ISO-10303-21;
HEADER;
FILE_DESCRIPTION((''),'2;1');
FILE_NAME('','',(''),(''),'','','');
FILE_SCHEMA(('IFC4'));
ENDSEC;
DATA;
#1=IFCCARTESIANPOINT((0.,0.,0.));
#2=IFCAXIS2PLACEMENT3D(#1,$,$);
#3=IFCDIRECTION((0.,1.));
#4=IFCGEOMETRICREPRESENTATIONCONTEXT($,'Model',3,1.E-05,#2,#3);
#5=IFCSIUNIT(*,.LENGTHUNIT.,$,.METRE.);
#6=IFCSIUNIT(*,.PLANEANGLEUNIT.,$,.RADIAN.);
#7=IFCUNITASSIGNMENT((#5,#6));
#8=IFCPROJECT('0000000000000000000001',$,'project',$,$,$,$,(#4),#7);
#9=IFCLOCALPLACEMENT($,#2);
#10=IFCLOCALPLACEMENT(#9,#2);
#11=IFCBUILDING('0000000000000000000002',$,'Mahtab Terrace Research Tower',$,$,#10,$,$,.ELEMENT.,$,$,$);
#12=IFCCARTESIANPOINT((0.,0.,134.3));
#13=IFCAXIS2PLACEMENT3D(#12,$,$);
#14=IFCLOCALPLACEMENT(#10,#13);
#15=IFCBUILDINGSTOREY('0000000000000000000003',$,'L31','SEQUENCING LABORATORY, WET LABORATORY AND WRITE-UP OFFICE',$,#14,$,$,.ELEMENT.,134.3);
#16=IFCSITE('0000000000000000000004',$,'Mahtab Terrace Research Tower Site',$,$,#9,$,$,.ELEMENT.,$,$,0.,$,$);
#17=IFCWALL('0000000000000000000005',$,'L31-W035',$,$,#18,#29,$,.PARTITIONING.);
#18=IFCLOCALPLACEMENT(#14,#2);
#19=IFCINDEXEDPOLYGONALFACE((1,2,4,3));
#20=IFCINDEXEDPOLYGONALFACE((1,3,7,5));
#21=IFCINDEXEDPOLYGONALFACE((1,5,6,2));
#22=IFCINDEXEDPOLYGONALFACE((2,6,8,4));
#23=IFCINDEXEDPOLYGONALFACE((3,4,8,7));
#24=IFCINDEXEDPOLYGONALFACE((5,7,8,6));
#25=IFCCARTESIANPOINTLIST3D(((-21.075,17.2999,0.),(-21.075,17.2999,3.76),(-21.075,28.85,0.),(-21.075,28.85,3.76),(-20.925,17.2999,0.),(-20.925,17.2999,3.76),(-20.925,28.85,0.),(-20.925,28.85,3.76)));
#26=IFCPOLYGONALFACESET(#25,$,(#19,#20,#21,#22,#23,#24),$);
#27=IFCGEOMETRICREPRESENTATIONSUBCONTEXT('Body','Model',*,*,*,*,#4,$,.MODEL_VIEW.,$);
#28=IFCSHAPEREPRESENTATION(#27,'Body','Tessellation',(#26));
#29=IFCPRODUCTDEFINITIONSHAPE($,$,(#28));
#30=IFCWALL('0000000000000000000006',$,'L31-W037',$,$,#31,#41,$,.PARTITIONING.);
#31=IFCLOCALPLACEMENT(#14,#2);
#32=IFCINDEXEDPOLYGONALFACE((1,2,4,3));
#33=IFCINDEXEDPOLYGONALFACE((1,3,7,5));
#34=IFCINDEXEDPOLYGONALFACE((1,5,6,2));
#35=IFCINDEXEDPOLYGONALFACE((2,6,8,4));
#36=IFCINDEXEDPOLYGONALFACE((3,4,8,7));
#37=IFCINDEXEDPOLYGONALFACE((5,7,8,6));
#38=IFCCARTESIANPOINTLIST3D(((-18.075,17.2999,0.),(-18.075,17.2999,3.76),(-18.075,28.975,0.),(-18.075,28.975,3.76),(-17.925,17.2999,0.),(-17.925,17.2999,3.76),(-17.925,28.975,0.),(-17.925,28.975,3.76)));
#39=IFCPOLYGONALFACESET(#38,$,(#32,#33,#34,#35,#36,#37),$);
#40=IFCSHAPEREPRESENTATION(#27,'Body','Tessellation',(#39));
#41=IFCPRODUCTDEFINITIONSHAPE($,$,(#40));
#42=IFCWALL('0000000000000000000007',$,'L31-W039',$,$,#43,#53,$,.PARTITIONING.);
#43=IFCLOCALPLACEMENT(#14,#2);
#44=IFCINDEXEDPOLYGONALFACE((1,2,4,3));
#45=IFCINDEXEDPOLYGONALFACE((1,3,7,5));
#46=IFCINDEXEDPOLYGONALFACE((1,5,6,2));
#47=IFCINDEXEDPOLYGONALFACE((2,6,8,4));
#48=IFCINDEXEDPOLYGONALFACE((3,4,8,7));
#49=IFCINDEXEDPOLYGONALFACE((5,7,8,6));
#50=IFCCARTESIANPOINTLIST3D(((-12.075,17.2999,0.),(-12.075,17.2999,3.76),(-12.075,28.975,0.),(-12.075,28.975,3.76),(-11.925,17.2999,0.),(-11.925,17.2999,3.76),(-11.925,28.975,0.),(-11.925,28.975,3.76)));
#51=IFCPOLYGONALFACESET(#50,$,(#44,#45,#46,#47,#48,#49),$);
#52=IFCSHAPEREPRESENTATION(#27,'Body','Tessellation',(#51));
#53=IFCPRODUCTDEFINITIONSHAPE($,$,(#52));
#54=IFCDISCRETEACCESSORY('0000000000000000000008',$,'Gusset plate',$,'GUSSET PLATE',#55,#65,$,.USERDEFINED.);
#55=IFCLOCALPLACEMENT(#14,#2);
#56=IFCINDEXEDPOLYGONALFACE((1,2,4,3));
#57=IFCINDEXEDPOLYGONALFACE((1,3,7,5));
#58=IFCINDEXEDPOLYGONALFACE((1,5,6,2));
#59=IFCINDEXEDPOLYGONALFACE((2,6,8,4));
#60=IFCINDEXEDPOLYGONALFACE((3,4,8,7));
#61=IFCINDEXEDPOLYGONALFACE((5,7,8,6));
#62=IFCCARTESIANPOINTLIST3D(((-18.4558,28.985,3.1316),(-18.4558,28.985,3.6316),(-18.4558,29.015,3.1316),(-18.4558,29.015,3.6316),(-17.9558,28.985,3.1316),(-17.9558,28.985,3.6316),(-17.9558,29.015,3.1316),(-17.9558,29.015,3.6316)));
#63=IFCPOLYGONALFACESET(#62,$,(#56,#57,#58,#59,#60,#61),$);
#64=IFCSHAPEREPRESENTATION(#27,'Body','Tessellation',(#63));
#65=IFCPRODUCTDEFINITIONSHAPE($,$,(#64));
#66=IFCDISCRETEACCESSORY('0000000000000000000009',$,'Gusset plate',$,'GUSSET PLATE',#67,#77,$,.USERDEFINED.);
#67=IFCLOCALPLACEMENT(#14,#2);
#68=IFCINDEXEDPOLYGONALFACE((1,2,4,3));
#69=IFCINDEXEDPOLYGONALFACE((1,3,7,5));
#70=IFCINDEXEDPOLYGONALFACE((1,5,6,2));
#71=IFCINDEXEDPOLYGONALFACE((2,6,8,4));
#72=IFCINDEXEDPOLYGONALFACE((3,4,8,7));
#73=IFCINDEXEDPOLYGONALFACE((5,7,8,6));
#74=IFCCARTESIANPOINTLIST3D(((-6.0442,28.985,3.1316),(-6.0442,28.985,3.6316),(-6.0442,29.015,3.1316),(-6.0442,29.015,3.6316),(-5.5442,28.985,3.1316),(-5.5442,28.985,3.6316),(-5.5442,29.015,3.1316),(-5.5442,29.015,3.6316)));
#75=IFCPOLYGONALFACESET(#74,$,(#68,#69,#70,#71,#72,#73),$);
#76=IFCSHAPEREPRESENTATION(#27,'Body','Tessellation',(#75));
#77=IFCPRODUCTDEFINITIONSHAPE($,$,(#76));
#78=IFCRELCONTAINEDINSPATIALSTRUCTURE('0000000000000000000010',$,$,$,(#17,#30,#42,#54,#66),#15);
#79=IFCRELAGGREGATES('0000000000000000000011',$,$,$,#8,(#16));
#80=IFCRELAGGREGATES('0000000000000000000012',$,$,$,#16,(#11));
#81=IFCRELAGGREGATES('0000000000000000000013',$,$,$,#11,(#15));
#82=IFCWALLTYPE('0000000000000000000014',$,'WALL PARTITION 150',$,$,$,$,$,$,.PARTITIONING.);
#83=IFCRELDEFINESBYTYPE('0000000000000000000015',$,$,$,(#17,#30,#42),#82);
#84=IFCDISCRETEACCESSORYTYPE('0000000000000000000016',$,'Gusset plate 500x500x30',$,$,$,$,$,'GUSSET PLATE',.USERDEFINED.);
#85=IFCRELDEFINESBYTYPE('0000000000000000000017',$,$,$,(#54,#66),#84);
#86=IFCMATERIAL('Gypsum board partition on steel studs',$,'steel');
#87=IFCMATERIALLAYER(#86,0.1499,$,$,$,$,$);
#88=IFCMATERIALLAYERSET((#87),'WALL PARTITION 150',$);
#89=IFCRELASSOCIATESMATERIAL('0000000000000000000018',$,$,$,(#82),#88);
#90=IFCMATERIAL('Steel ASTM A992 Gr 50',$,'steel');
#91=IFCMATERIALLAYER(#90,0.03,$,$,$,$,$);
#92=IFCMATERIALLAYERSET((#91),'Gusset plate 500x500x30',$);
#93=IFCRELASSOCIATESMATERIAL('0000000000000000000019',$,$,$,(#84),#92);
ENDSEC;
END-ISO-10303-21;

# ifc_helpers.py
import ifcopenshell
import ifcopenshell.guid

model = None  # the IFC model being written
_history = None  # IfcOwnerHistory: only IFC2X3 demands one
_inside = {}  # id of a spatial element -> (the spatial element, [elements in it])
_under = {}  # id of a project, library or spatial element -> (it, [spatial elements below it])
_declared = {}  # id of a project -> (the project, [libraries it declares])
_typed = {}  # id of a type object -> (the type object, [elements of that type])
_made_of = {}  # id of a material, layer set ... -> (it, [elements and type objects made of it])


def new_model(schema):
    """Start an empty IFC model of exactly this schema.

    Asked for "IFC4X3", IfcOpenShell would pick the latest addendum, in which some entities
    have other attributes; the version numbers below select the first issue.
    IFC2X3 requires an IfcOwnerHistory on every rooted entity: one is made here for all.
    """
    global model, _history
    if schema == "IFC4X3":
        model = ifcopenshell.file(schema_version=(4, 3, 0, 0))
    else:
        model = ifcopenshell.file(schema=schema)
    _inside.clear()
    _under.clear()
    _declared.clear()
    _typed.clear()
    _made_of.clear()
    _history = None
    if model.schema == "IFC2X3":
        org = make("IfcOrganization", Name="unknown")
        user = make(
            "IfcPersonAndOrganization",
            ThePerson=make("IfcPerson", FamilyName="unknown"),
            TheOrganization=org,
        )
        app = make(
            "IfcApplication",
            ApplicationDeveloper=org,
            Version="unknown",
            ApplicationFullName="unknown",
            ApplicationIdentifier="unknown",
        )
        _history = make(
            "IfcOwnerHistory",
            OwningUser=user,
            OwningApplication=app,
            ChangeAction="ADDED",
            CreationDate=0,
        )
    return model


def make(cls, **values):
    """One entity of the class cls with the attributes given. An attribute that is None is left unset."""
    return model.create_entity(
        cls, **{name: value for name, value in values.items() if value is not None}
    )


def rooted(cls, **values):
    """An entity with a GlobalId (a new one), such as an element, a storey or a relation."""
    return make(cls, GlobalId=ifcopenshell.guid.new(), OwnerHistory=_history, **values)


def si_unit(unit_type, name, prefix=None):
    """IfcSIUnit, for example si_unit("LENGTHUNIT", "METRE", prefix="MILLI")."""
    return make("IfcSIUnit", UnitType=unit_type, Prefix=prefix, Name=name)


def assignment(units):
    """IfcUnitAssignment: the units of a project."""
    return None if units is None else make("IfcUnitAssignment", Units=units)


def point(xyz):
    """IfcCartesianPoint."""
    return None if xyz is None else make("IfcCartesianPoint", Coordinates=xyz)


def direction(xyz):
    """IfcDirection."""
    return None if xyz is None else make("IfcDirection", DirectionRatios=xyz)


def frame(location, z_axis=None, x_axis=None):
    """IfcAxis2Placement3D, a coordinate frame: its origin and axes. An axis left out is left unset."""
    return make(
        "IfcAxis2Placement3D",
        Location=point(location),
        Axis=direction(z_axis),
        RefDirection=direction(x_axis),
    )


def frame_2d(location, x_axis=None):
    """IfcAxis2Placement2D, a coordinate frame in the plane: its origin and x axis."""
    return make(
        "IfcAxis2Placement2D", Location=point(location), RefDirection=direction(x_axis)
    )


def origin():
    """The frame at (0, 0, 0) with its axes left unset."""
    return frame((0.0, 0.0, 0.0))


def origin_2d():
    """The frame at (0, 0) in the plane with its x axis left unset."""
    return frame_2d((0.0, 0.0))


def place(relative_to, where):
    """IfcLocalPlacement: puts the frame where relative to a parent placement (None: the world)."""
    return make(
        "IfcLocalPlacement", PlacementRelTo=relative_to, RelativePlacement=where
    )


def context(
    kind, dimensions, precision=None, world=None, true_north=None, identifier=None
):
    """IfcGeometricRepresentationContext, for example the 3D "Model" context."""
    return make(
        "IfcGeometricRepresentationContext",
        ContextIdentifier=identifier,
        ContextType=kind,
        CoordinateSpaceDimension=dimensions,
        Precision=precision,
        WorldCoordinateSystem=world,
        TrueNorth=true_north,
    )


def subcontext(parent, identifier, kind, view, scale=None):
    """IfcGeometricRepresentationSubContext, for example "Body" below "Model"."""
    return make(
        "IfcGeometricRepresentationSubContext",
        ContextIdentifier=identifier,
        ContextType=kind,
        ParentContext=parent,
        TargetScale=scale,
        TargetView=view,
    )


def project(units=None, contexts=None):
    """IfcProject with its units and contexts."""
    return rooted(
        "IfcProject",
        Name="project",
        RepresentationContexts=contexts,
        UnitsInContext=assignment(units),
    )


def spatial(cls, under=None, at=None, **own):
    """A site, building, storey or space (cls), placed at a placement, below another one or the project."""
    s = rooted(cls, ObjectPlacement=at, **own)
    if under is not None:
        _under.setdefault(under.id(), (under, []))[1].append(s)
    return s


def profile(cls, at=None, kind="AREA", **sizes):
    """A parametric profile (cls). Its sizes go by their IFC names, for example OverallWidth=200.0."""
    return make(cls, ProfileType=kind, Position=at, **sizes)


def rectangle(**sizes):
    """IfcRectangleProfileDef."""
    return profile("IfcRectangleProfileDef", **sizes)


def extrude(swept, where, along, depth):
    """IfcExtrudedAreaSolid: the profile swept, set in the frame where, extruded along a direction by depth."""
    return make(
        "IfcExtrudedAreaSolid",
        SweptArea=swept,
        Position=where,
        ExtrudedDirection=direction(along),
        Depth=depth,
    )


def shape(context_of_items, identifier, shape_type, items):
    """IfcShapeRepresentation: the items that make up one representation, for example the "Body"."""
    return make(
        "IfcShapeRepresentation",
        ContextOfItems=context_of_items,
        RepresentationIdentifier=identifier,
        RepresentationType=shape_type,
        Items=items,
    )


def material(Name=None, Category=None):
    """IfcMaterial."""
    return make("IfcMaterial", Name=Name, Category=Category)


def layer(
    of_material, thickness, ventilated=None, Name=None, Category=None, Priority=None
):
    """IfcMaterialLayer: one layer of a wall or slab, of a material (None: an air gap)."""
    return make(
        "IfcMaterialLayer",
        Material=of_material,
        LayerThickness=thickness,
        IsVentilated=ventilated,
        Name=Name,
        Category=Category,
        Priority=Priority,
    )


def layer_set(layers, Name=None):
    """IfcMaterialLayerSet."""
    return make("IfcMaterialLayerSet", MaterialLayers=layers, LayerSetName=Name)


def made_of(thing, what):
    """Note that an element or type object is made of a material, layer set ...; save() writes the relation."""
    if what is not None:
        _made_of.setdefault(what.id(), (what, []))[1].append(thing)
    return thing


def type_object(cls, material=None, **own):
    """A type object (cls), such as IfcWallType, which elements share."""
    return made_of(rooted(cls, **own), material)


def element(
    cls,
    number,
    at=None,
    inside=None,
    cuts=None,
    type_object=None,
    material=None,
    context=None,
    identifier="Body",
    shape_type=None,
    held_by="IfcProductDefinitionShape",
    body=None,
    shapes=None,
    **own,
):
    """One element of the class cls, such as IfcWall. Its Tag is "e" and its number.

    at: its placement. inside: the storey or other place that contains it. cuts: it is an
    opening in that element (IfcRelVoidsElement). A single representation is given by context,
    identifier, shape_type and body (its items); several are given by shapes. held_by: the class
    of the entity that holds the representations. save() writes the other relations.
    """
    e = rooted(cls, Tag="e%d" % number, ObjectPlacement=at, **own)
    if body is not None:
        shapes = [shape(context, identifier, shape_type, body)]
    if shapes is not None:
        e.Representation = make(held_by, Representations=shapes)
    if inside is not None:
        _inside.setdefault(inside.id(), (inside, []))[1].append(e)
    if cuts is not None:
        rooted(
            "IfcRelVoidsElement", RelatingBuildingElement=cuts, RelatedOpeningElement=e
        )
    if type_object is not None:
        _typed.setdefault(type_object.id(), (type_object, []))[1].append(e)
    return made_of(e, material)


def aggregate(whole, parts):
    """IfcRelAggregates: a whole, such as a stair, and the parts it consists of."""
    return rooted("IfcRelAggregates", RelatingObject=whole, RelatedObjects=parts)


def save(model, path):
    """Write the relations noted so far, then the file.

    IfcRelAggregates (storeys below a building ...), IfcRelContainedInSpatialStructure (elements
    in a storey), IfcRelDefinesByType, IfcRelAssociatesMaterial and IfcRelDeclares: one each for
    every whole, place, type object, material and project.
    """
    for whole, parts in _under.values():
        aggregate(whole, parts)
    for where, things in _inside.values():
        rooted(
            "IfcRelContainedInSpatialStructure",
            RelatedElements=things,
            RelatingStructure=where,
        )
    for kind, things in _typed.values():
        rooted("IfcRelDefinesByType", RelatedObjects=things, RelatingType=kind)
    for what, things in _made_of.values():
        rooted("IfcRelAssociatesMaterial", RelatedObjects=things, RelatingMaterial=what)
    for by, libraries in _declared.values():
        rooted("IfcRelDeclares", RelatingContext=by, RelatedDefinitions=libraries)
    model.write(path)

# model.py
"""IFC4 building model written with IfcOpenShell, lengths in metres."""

from ifc_helpers import new_model, si_unit, direction, frame, frame_2d, origin, origin_2d, place, context, subcontext, project, spatial, rectangle, extrude, material, layer, layer_set, type_object, element, save


model = new_model("IFC4")

# Units and contexts
model_context = context("Model", 3, precision=1e-05, world=origin(), true_north=direction((0.0, 1.0)))
body_context = subcontext(model_context, "Body", "Model", "MODEL_VIEW")
ifc_project = project(units=[si_unit("LENGTHUNIT", "METRE"), si_unit("PLANEANGLEUNIT", "RADIAN")], contexts=[model_context])

# Site, building, storey
site_placement = place(None, origin())
site = spatial("IfcSite", under=ifc_project, at=site_placement, Name="Mahtab Terrace Research Tower Site", CompositionType="ELEMENT", RefElevation=0.0)
building_placement = place(site_placement, origin())
building = spatial("IfcBuilding", under=site, at=building_placement, Name="Mahtab Terrace Research Tower", CompositionType="ELEMENT")
storey_placement = place(building_placement, frame((0.0, 0.0, 134.3)))
storey = spatial("IfcBuildingStorey", under=building, at=storey_placement, Name="L31", Description="SEQUENCING LABORATORY, WET LABORATORY AND WRITE-UP OFFICE", CompositionType="ELEMENT", Elevation=134.3)

# Shared definitions
ifc_material_1 = material(Name="Steel ASTM A992 Gr 50", Category="steel")

# Walls
ifc_material_2 = material(Name="Gypsum board partition on steel studs", Category="steel")
ifc_layer_1 = layer(ifc_material_2, 0.1499)
ifc_layer_set_1 = layer_set([ifc_layer_1], Name="WALL PARTITION 150")
wall_type_1 = type_object("IfcWallType", Name="WALL PARTITION 150", PredefinedType="PARTITIONING", material=ifc_layer_set_1)
wall_1_placement = place(storey_placement, frame((-21.0, 17.3, 0.0), z_axis=(0.0, 0.0, 1.0), x_axis=(0.0, 1.0, 0.0)))
element("IfcWall", 1, at=wall_1_placement, inside=storey, type_object=wall_type_1, Name="L31-W035", PredefinedType="PARTITIONING", context=body_context, shape_type="SweptSolid", body=[
    extrude(rectangle(XDim=11.55, YDim=0.1499, at=frame_2d((5.7749, 0.0))), origin(), (0.0, 0.0, 1.0), 3.76),
])
for number, where, z_axis, x_axis, name in (
    (2, (-18.0, 17.3, 0.0), (0.0, 0.0, 1.0), (0.0, 1.0, 0.0), "L31-W037"),
    (3, (-12.0, 17.3, 0.0), (0.0, 0.0, 1.0), (0.0, 1.0, 0.0), "L31-W039"),
):
    element("IfcWall", number, at=place(storey_placement, frame(where, z_axis=z_axis, x_axis=x_axis)), inside=storey, type_object=wall_type_1, Name=name, PredefinedType="PARTITIONING", context=body_context, shape_type="SweptSolid", body=[
        extrude(rectangle(XDim=11.675, YDim=0.1499, at=frame_2d((5.8374, 0.0))), origin(), (0.0, 0.0, 1.0), 3.76),
    ])

# Discrete accessories
ifc_layer_2 = layer(ifc_material_1, 0.03)
ifc_layer_set_2 = layer_set([ifc_layer_2], Name="Gusset plate 500x500x30")
discrete_accessory_type = type_object("IfcDiscreteAccessoryType", Name="Gusset plate 500x500x30", ElementType="GUSSET PLATE", PredefinedType="USERDEFINED", material=ifc_layer_set_2)
for number, where, z_axis, x_axis, name in (
    (4, (-18.2058, 29.0, 3.1316), (0.0, 0.0, 1.0), (1.0, 0.0, 0.0), "Gusset plate"),
    (5, (-5.7942, 29.0, 3.1316), (0.0, 0.0, 1.0), (1.0, 0.0, 0.0), "Gusset plate"),
):
    element("IfcDiscreteAccessory", number, at=place(storey_placement, frame(where, z_axis=z_axis, x_axis=x_axis)), inside=storey, type_object=discrete_accessory_type, Name=name, ObjectType="GUSSET PLATE", PredefinedType="USERDEFINED", context=body_context, shape_type="SweptSolid", body=[
        extrude(rectangle(XDim=0.5, YDim=0.03, at=origin_2d()), origin(), (0.0, 0.0, 1.0), 0.5),
    ])

save(model, "model.ifc")
